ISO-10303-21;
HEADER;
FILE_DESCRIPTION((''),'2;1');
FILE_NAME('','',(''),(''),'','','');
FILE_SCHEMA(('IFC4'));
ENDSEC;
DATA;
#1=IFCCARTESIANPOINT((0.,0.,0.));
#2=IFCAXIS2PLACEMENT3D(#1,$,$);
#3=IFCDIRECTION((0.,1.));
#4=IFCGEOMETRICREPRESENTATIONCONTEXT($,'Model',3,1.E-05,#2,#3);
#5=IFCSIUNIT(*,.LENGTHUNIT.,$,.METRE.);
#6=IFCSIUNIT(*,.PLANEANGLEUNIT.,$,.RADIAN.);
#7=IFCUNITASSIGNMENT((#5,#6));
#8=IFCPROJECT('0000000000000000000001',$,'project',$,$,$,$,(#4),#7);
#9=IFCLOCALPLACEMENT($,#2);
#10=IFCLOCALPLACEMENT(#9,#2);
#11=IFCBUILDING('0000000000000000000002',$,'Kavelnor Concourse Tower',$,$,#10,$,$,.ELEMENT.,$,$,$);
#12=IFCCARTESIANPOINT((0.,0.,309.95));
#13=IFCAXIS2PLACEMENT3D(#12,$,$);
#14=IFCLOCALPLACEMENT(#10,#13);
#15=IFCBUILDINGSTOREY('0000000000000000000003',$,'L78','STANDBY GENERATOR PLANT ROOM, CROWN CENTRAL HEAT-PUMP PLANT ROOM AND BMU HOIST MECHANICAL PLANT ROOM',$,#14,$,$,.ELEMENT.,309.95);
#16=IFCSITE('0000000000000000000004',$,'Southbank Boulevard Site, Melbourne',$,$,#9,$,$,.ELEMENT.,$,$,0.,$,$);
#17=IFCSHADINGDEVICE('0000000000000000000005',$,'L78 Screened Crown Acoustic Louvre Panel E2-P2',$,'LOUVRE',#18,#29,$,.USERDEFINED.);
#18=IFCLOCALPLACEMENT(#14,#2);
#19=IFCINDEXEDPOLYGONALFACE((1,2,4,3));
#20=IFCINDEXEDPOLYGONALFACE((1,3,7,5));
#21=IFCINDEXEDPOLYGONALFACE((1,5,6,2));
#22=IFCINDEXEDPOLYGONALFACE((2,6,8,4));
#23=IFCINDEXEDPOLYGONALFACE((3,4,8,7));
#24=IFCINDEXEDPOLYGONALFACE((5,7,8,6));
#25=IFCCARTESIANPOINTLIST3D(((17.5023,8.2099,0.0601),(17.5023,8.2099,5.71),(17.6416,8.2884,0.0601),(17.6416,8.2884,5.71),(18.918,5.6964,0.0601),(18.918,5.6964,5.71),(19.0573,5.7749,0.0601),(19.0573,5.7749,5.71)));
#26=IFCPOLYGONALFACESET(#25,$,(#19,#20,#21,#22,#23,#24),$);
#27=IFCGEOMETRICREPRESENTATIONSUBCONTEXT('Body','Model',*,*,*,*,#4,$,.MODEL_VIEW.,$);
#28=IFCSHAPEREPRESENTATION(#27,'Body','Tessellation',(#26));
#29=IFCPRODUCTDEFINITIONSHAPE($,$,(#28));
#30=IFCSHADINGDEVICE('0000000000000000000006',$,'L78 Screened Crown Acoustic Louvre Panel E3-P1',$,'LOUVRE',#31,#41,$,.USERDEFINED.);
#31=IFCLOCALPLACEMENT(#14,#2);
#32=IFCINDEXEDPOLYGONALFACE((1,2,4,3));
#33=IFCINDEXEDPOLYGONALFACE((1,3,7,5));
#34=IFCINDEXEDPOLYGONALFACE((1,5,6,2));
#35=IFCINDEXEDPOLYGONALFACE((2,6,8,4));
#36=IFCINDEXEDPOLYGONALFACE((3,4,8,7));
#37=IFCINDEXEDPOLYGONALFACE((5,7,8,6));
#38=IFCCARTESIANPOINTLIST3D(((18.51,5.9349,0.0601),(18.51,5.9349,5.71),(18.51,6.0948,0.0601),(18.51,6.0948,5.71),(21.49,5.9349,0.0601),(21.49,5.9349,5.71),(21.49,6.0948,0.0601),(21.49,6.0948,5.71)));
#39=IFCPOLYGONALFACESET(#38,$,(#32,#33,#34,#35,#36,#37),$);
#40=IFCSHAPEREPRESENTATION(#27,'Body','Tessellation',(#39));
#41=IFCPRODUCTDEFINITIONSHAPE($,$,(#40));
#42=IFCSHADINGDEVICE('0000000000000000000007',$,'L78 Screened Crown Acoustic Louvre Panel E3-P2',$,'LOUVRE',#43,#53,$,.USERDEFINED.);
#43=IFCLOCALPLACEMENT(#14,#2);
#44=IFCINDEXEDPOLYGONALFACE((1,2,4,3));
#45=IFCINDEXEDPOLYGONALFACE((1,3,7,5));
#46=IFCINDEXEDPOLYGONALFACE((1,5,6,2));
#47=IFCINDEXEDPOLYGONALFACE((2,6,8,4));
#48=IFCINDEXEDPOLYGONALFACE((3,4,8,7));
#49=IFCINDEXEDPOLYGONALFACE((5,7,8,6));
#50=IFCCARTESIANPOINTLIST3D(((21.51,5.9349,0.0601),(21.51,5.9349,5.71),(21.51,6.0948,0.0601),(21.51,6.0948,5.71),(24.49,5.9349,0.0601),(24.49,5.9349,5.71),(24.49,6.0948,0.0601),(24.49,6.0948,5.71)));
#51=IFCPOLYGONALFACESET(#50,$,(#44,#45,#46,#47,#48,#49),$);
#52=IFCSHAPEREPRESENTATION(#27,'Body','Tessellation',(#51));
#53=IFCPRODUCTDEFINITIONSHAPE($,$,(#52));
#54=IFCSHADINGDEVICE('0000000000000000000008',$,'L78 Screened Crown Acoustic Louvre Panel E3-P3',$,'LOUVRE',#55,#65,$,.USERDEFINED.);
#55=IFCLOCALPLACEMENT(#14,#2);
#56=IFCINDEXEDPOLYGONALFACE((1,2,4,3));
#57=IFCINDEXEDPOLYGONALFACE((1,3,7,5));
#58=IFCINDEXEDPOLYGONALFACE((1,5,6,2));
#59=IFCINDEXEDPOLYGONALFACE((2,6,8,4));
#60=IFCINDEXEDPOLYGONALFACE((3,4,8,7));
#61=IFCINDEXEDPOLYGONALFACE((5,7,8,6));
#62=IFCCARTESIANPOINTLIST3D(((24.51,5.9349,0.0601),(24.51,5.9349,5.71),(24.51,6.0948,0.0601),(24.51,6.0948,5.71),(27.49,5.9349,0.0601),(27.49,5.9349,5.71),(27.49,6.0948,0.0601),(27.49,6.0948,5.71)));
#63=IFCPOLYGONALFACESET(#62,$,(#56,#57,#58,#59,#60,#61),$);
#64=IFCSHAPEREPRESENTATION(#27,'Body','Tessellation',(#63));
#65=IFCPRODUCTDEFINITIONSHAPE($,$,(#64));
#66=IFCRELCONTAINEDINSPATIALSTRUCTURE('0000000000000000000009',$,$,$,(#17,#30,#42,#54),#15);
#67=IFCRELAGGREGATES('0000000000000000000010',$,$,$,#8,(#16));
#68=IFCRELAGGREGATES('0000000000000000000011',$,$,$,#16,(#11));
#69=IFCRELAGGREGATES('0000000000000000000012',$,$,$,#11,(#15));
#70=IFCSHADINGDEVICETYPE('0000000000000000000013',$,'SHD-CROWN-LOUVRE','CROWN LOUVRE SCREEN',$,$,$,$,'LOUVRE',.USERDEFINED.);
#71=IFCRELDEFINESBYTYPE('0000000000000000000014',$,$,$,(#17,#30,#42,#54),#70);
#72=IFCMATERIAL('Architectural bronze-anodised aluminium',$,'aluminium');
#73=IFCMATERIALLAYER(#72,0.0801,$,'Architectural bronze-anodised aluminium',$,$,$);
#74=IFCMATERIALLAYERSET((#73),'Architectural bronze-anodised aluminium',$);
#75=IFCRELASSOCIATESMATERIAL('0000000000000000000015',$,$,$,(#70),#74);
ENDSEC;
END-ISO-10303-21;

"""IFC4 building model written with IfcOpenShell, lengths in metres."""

from ifc_helpers import new_model, si_unit, direction, frame, origin, origin_2d, place, context, subcontext, project, spatial, rectangle, extrude, material, layer, layer_set, type_object, element, save


model = new_model("IFC4")

# Units and contexts
model_context = context("Model", 3, precision=1e-05, world=origin(), true_north=direction((0.0, 1.0)))
body_context = subcontext(model_context, "Body", "Model", "MODEL_VIEW")
ifc_project = project(units=[si_unit("LENGTHUNIT", "METRE"), si_unit("PLANEANGLEUNIT", "RADIAN")], contexts=[model_context])

# Site, building, storey
site_placement = place(None, origin())
site = spatial("IfcSite", under=ifc_project, at=site_placement, Name="Southbank Boulevard Site, Melbourne", CompositionType="ELEMENT", RefElevation=0.0)
building_placement = place(site_placement, origin())
building = spatial("IfcBuilding", under=site, at=building_placement, Name="Kavelnor Concourse Tower", CompositionType="ELEMENT")
storey_placement = place(building_placement, frame((0.0, 0.0, 309.95)))
storey = spatial("IfcBuildingStorey", under=building, at=storey_placement, Name="L78", Description="STANDBY GENERATOR PLANT ROOM, CROWN CENTRAL HEAT-PUMP PLANT ROOM AND BMU HOIST MECHANICAL PLANT ROOM", CompositionType="ELEMENT", Elevation=309.95)

# Shading devices
ifc_material_1 = material(Name="Architectural bronze-anodised aluminium", Category="aluminium")
ifc_layer_1 = layer(ifc_material_1, 0.0801, Name="Architectural bronze-anodised aluminium")
ifc_layer_set_1 = layer_set([ifc_layer_1], Name="Architectural bronze-anodised aluminium")
shading_device_type = type_object("IfcShadingDeviceType", Name="SHD-CROWN-LOUVRE", Description="CROWN LOUVRE SCREEN", ElementType="LOUVRE", PredefinedType="USERDEFINED", material=ifc_layer_set_1)
for number, where, z_axis, x_axis, name in (
    (1, (18.2798, 6.9924, 0.0601), (0.0, 0.0, 1.0), (0.490752, -0.871299, 0.0), "L78 Screened Crown Acoustic Louvre Panel E2-P2"),
):
    element("IfcShadingDevice", number, at=place(storey_placement, frame(where, z_axis=z_axis, x_axis=x_axis)), inside=storey, type_object=shading_device_type, Name=name, ObjectType="LOUVRE", PredefinedType="USERDEFINED", context=body_context, shape_type="SweptSolid", body=[
        extrude(rectangle(XDim=2.8848, YDim=0.1599, at=origin_2d()), origin(), (0.0, 0.0, 1.0), 5.6499),
    ])
for number, where, z_axis, x_axis, name in (
    (2, (20.0, 6.0149, 0.0601), (0.0, 0.0, 1.0), (1.0, 0.0, 0.0), "L78 Screened Crown Acoustic Louvre Panel E3-P1"),
    (3, (23.0, 6.0149, 0.0601), (0.0, 0.0, 1.0), (1.0, 0.0, 0.0), "L78 Screened Crown Acoustic Louvre Panel E3-P2"),
    (4, (26.0, 6.0149, 0.0601), (0.0, 0.0, 1.0), (1.0, 0.0, 0.0), "L78 Screened Crown Acoustic Louvre Panel E3-P3"),
):
    element("IfcShadingDevice", number, at=place(storey_placement, frame(where, z_axis=z_axis, x_axis=x_axis)), inside=storey, type_object=shading_device_type, Name=name, ObjectType="LOUVRE", PredefinedType="USERDEFINED", context=body_context, shape_type="SweptSolid", body=[
        extrude(rectangle(XDim=2.98, YDim=0.1599, at=origin_2d()), origin(), (0.0, 0.0, 1.0), 5.6499),
    ])

save(model, "model.ifc")
